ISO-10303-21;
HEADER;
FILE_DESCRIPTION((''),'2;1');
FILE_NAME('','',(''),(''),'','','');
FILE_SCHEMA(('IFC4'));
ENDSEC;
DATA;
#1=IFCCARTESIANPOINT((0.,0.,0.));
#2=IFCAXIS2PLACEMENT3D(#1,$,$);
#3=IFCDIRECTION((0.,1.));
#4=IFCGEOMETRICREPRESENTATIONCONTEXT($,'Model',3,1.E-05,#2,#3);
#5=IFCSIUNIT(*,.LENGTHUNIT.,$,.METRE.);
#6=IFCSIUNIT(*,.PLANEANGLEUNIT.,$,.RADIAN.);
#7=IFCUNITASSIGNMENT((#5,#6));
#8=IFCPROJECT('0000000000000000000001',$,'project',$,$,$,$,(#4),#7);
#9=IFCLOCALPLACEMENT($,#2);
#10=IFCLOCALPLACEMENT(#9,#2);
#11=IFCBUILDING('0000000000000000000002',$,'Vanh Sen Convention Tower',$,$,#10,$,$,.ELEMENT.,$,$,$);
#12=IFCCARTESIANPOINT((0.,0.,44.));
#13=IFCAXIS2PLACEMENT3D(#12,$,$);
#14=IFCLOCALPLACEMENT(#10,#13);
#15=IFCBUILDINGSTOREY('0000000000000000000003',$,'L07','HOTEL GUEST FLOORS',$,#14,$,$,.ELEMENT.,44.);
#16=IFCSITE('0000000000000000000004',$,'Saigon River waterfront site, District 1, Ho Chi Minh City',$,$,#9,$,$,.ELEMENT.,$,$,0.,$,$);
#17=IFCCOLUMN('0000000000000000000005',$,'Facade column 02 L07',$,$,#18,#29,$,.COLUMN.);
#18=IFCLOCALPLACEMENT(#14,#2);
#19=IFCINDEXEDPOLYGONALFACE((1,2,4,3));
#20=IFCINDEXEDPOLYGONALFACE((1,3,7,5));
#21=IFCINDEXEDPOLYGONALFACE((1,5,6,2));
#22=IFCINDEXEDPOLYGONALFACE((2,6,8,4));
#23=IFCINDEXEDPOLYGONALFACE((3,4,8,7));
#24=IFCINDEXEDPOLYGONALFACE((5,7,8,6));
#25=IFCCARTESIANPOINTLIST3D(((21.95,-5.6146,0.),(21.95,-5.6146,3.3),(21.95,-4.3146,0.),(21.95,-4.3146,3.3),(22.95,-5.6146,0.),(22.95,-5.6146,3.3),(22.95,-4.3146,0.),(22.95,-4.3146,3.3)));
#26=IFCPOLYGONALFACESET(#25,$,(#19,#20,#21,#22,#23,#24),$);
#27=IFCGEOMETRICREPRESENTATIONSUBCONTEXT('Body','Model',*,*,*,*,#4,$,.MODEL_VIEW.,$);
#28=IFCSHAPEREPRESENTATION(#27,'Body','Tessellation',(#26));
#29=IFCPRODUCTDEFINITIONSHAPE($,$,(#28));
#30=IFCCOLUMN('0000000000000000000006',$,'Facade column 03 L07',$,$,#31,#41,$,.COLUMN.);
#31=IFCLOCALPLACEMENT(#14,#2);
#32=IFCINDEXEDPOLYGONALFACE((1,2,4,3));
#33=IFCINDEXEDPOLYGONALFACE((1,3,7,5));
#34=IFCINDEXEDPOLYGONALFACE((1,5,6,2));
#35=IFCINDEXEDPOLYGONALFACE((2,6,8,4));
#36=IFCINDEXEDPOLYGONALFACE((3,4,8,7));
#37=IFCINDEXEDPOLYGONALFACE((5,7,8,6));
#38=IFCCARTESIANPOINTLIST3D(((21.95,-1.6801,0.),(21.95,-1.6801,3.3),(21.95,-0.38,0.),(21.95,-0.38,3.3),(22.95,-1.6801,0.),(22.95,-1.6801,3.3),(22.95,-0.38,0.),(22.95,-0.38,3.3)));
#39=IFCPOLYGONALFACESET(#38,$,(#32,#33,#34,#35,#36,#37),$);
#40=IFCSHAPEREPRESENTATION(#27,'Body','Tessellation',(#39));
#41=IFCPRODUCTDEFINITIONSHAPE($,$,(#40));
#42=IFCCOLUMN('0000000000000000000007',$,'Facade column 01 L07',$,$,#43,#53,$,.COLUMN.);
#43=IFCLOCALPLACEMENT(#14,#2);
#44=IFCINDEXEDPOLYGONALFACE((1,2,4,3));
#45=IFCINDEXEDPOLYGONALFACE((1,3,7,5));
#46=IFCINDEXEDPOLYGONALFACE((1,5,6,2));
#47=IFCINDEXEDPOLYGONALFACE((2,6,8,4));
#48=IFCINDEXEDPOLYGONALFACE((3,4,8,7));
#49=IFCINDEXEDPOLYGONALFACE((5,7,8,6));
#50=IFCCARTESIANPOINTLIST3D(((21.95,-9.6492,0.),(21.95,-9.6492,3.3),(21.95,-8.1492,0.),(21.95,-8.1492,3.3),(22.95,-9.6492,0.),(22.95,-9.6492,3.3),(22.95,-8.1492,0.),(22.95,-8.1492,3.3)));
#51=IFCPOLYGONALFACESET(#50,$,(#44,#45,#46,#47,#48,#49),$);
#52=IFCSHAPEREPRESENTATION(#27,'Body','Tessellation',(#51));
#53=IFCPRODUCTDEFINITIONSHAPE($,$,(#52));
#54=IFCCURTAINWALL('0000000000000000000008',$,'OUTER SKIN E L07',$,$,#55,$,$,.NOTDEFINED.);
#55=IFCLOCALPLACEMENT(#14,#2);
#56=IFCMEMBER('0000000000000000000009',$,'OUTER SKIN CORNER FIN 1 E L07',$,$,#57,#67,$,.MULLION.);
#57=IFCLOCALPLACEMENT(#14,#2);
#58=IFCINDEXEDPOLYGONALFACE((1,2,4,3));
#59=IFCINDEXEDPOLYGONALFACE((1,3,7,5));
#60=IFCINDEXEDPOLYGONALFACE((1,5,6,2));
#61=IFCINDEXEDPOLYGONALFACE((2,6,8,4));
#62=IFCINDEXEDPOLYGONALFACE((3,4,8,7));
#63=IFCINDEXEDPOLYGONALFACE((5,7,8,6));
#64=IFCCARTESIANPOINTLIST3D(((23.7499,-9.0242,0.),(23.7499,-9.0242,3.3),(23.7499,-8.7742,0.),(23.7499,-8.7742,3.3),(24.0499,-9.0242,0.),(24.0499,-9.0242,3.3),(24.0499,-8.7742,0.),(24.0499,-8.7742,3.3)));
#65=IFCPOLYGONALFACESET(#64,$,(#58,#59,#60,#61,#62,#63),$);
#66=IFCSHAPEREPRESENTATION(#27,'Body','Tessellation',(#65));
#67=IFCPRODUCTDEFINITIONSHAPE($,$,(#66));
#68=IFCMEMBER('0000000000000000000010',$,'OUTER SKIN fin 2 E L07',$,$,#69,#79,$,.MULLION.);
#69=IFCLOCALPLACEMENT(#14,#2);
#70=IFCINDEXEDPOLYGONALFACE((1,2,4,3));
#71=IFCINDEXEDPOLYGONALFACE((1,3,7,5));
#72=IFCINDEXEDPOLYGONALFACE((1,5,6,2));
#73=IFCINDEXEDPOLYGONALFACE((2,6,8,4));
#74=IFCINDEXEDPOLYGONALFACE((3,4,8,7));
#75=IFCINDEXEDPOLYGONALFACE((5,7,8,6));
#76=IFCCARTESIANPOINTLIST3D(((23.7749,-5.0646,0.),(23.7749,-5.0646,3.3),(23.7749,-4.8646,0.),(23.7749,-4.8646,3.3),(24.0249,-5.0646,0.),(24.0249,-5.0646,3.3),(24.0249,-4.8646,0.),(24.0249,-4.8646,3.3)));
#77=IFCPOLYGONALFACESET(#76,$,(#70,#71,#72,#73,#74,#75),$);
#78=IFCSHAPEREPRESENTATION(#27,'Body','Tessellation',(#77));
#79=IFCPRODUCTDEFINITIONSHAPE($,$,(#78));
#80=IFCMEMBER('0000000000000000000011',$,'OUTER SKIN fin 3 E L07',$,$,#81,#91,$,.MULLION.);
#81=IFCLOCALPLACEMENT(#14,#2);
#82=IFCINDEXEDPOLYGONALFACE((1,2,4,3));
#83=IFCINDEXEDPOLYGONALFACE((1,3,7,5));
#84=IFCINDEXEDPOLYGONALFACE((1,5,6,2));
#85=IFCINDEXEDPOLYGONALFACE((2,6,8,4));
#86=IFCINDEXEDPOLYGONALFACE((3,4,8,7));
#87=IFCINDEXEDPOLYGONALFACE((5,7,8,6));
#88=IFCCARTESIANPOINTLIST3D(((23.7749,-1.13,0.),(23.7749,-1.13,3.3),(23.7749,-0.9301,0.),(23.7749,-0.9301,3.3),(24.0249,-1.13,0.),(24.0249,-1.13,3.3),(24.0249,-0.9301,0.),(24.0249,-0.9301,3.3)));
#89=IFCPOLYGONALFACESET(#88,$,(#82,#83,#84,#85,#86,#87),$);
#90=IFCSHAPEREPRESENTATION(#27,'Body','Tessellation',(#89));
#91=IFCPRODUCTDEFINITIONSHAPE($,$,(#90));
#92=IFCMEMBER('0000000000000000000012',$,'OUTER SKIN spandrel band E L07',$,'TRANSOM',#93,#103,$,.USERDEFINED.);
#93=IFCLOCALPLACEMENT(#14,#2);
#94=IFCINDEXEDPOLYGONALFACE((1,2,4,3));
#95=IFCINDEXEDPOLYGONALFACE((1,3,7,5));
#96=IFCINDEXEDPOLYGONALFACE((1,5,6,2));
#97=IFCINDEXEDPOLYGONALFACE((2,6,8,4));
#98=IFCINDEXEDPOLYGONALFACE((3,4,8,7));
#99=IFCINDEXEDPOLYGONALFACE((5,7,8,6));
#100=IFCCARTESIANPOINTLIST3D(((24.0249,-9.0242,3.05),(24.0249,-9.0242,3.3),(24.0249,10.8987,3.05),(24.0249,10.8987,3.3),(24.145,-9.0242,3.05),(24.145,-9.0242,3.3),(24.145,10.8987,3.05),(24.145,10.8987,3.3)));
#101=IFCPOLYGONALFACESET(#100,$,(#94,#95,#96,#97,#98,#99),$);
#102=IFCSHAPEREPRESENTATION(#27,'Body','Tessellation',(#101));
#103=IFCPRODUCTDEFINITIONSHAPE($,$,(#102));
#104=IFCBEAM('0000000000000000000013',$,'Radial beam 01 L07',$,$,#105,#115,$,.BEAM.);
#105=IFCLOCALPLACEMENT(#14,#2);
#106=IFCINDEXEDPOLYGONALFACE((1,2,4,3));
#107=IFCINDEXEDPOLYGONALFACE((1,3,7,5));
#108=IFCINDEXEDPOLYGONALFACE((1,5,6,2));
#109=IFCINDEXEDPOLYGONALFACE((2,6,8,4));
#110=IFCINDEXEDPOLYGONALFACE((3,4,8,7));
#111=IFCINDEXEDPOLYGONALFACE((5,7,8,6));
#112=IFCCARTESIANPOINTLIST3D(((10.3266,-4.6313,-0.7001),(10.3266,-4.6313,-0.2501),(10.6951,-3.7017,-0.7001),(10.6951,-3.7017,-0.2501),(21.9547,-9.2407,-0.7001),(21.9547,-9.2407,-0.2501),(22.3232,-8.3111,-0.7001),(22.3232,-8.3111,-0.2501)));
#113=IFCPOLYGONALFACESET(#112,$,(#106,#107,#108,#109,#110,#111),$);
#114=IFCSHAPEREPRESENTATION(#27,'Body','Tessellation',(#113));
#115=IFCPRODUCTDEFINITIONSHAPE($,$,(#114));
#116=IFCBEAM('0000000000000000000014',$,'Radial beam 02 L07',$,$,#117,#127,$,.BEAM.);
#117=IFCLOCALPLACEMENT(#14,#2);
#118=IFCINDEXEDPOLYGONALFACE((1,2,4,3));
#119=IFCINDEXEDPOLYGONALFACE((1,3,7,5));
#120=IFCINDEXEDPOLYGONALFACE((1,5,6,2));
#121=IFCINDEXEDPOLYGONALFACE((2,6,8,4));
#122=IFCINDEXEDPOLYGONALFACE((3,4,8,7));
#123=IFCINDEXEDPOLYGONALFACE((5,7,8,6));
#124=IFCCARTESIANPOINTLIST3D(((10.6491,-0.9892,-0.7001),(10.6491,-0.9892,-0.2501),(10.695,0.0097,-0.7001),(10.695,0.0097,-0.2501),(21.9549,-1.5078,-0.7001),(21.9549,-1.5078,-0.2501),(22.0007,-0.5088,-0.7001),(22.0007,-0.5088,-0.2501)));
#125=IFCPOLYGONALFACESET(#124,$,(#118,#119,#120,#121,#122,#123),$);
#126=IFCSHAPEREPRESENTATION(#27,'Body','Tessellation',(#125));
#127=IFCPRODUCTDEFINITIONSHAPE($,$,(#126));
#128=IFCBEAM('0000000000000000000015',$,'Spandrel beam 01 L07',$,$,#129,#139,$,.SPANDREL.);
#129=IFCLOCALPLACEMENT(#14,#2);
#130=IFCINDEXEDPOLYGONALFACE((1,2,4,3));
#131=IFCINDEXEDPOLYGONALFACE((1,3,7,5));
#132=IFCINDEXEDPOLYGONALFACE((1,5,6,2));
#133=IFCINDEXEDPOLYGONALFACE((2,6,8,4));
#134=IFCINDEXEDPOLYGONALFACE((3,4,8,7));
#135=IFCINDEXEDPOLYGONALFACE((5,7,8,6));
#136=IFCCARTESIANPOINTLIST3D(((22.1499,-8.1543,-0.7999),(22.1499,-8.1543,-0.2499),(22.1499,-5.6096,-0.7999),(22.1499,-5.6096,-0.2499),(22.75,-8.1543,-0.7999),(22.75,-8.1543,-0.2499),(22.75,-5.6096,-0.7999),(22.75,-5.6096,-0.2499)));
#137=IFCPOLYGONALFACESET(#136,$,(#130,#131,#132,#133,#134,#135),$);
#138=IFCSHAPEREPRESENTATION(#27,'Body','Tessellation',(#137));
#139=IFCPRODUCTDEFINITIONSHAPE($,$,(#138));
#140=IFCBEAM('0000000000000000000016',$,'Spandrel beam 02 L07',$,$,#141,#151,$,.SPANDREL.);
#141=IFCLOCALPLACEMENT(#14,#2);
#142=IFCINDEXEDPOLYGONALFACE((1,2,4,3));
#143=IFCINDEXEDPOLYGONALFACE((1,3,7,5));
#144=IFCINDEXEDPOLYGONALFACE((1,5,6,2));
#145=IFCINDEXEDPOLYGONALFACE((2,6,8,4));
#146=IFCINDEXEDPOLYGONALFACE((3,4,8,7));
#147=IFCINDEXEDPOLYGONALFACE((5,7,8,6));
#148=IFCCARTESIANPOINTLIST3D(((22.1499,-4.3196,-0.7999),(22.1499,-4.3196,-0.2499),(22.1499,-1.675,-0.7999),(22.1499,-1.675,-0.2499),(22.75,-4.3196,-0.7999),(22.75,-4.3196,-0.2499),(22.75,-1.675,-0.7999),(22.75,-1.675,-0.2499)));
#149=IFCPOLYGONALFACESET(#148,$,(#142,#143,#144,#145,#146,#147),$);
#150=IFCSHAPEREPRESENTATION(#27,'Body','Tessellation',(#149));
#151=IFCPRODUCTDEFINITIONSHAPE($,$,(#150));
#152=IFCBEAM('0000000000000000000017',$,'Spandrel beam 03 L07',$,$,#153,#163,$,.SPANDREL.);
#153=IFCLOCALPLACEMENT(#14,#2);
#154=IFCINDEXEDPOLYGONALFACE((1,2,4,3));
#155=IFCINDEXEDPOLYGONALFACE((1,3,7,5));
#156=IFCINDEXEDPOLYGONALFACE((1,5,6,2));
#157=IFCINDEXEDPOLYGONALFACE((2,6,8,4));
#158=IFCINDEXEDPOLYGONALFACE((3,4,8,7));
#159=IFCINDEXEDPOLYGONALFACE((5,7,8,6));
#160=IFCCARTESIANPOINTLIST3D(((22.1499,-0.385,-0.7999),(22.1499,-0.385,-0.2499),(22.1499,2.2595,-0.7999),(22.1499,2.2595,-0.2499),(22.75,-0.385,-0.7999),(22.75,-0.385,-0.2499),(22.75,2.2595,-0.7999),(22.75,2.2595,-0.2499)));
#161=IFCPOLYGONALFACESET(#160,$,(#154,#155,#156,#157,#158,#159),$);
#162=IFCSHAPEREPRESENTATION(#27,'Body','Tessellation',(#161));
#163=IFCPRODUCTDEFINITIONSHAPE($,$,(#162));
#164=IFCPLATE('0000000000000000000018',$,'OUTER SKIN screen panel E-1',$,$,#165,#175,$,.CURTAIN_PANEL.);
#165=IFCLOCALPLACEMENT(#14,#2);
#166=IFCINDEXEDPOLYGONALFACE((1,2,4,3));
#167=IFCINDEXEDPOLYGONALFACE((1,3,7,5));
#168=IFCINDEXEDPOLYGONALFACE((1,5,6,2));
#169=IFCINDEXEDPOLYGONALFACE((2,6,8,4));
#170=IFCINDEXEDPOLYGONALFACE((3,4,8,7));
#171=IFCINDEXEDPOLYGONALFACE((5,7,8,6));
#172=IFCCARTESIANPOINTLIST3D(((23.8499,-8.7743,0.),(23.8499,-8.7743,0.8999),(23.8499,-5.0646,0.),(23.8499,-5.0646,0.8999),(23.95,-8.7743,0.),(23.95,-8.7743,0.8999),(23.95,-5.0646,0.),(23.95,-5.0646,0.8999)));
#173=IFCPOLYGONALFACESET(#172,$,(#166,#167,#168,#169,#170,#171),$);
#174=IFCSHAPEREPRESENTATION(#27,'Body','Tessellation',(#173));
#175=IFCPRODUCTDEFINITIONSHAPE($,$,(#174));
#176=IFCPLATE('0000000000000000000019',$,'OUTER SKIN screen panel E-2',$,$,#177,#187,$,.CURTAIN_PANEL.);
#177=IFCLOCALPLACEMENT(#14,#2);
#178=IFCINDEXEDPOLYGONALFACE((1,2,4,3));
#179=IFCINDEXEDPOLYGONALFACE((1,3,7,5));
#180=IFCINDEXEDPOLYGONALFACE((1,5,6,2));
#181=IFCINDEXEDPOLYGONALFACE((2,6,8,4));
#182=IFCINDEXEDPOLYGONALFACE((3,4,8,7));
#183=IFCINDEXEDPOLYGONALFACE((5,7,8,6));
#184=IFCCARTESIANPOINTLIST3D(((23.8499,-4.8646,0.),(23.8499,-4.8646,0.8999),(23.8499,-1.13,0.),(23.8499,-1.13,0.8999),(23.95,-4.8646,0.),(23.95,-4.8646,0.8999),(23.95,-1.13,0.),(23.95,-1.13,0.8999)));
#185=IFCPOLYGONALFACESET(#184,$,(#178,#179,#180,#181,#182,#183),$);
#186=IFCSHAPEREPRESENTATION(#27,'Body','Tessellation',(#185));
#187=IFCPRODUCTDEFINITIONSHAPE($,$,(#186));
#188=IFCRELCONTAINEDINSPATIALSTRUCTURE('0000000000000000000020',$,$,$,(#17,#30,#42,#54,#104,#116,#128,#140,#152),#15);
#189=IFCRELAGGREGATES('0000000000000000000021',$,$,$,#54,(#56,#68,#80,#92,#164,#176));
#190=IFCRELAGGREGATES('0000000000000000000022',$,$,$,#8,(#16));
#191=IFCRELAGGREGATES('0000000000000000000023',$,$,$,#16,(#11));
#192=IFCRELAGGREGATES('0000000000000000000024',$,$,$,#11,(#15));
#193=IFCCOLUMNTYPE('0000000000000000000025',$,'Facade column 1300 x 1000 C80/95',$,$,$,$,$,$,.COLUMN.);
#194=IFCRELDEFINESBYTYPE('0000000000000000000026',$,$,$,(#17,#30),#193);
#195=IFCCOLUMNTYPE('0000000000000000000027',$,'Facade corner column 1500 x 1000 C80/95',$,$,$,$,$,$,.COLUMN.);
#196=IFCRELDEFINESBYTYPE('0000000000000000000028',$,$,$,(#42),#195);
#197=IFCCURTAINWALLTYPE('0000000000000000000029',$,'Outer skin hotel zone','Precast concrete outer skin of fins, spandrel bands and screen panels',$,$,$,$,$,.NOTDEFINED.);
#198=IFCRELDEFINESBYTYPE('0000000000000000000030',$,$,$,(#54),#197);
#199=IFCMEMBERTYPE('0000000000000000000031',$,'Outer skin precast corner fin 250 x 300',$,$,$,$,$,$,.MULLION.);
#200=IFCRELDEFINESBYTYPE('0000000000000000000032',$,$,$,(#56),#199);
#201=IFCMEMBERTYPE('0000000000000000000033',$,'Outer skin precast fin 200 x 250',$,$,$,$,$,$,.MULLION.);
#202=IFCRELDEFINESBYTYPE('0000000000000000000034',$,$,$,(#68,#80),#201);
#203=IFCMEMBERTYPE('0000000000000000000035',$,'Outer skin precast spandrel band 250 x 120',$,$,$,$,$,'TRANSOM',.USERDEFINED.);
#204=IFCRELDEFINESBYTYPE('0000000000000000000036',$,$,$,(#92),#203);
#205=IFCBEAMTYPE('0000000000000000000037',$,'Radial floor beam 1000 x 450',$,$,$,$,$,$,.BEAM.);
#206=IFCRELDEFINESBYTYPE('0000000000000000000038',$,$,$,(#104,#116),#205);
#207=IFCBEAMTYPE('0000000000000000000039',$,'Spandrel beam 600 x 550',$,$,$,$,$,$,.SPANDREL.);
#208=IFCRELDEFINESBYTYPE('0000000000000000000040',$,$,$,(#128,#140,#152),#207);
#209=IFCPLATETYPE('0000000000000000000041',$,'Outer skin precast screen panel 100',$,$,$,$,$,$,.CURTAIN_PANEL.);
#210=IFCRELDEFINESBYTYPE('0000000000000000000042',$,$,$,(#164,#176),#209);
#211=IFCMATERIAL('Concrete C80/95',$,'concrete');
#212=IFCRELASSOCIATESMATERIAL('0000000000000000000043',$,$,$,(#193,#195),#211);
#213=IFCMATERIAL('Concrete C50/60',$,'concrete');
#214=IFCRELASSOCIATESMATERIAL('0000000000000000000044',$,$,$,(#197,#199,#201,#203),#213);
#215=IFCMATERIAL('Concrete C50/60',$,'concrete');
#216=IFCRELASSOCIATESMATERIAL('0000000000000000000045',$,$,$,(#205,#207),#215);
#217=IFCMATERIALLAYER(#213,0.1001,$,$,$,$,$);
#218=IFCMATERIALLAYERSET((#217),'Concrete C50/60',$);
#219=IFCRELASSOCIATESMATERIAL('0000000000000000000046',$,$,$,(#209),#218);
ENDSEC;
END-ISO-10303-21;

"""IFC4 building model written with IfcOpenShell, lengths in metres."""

from ifc_helpers import new_model, si_unit, direction, frame, origin, origin_2d, place, context, subcontext, project, spatial, rectangle, extrude, material, layer, layer_set, material_profile, profile_set, type_object, element, aggregate, save


model = new_model("IFC4")

# Units and contexts
model_context = context("Model", 3, precision=1e-05, world=origin(), true_north=direction((0.0, 1.0)))
body_context = subcontext(model_context, "Body", "Model", "MODEL_VIEW")
ifc_project = project(units=[si_unit("LENGTHUNIT", "METRE"), si_unit("PLANEANGLEUNIT", "RADIAN")], contexts=[model_context])

# Site, building, storey
site_placement = place(None, origin())
site = spatial("IfcSite", under=ifc_project, at=site_placement, Name="Saigon River waterfront site, District 1, Ho Chi Minh City", CompositionType="ELEMENT", RefElevation=0.0)
building_placement = place(site_placement, origin())
building = spatial("IfcBuilding", under=site, at=building_placement, Name="Vanh Sen Convention Tower", CompositionType="ELEMENT")
storey_placement = place(building_placement, frame((0.0, 0.0, 44.0)))
storey = spatial("IfcBuildingStorey", under=building, at=storey_placement, Name="L07", Description="HOTEL GUEST FLOORS", CompositionType="ELEMENT", Elevation=44.0)

# Columns
ifc_material_1 = material(Name="Concrete C80/95", Category="concrete")
ifc_material_profile_1 = material_profile(ifc_material_1, rectangle(XDim=1.3, YDim=1.0, at=origin_2d()), Name="RC 1300X1000")
ifc_profile_set_1 = profile_set([ifc_material_profile_1], Name="Concrete C80/95")
column_type_1 = type_object("IfcColumnType", Name="Facade column 1300 x 1000 C80/95", PredefinedType="COLUMN", material=ifc_profile_set_1)
for number, where, z_axis, x_axis, name in (
    (1, (22.45, -4.9646, 0.0), (0.0, 0.0, 1.0), (0.0, 1.0, 0.0), "Facade column 02 L07"),
    (2, (22.45, -1.03, 0.0), (0.0, 0.0, 1.0), (0.0, 1.0, 0.0), "Facade column 03 L07"),
):
    element("IfcColumn", number, at=place(storey_placement, frame(where, z_axis=z_axis, x_axis=x_axis)), inside=storey, type_object=column_type_1, Name=name, PredefinedType="COLUMN", context=body_context, shape_type="SweptSolid", body=[
        extrude(rectangle(XDim=1.3, YDim=1.0, at=origin_2d()), origin(), (0.0, 0.0, 1.0), 3.3),
    ])
ifc_material_profile_2 = material_profile(ifc_material_1, rectangle(XDim=1.5, YDim=1.0, at=origin_2d()), Name="RC 1500X1000")
ifc_profile_set_2 = profile_set([ifc_material_profile_2], Name="Concrete C80/95")
column_type_2 = type_object("IfcColumnType", Name="Facade corner column 1500 x 1000 C80/95", PredefinedType="COLUMN", material=ifc_profile_set_2)
column_placement = place(storey_placement, frame((22.45, -8.8992, 0.0), z_axis=(0.0, 0.0, 1.0), x_axis=(0.0, 1.0, 0.0)))
element("IfcColumn", 3, at=column_placement, inside=storey, type_object=column_type_2, Name="Facade column 01 L07", PredefinedType="COLUMN", context=body_context, shape_type="SweptSolid", body=[
    extrude(rectangle(XDim=1.5, YDim=1.0, at=origin_2d()), origin(), (0.0, 0.0, 1.0), 3.3),
])

# Curtain wall, members
ifc_material_2 = material(Name="Concrete C50/60", Category="concrete")
curtain_wall_type = type_object("IfcCurtainWallType", Name="Outer skin hotel zone", Description="Precast concrete outer skin of fins, spandrel bands and screen panels", PredefinedType="NOTDEFINED", material=ifc_material_2)
curtain_wall_placement = place(storey_placement, origin())
curtain_wall = element("IfcCurtainWall", 4, at=curtain_wall_placement, inside=storey, type_object=curtain_wall_type, Name="OUTER SKIN E L07", PredefinedType="NOTDEFINED")
ifc_material_profile_3 = material_profile(ifc_material_2, rectangle(XDim=0.25, YDim=0.3, at=origin_2d()), Name="Outer skin precast corner fin 250 x 300")
ifc_profile_set_3 = profile_set([ifc_material_profile_3], Name="Concrete C50/60")
member_type_1 = type_object("IfcMemberType", Name="Outer skin precast corner fin 250 x 300", PredefinedType="MULLION", material=ifc_profile_set_3)
member_1_placement = place(storey_placement, frame((23.8999, -8.8992, 0.0), z_axis=(0.0, 0.0, 1.0), x_axis=(0.0, 1.0, 0.0)))
member_1 = element("IfcMember", 5, at=member_1_placement, type_object=member_type_1, Name="OUTER SKIN CORNER FIN 1 E L07", PredefinedType="MULLION", context=body_context, shape_type="SweptSolid", body=[
    extrude(rectangle(XDim=0.25, YDim=0.3, at=origin_2d()), origin(), (0.0, 0.0, 1.0), 3.3),
])
ifc_material_profile_4 = material_profile(ifc_material_2, rectangle(XDim=0.2, YDim=0.25, at=origin_2d()), Name="Outer skin precast fin 200 x 250")
ifc_profile_set_4 = profile_set([ifc_material_profile_4], Name="Concrete C50/60")
member_type_2 = type_object("IfcMemberType", Name="Outer skin precast fin 200 x 250", PredefinedType="MULLION", material=ifc_profile_set_4)
member_2_placement = place(storey_placement, frame((23.8999, -4.9646, 0.0), z_axis=(0.0, 0.0, 1.0), x_axis=(0.0, 1.0, 0.0)))
member_2 = element("IfcMember", 6, at=member_2_placement, type_object=member_type_2, Name="OUTER SKIN fin 2 E L07", PredefinedType="MULLION", context=body_context, shape_type="SweptSolid", body=[
    extrude(rectangle(XDim=0.2, YDim=0.25, at=origin_2d()), origin(), (0.0, 0.0, 1.0), 3.3),
])
member_3_placement = place(storey_placement, frame((23.8999, -1.03, 0.0), z_axis=(0.0, 0.0, 1.0), x_axis=(0.0, 1.0, 0.0)))
member_3 = element("IfcMember", 7, at=member_3_placement, type_object=member_type_2, Name="OUTER SKIN fin 3 E L07", PredefinedType="MULLION", context=body_context, shape_type="SweptSolid", body=[
    extrude(rectangle(XDim=0.2, YDim=0.25, at=origin_2d()), origin(), (0.0, 0.0, 1.0), 3.3),
])
ifc_material_profile_5 = material_profile(ifc_material_2, rectangle(XDim=0.1201, YDim=0.25, at=origin_2d()), Name="Outer skin precast spandrel band 250 x 120")
ifc_profile_set_5 = profile_set([ifc_material_profile_5], Name="Concrete C50/60")
member_type_3 = type_object("IfcMemberType", Name="Outer skin precast spandrel band 250 x 120", ElementType="TRANSOM", PredefinedType="USERDEFINED", material=ifc_profile_set_5)
member_4_placement = place(storey_placement, frame((24.085, -9.0242, 3.175), z_axis=(0.0, 1.0, 0.0), x_axis=(-1.0, 0.0, 0.0)))
member_4 = element("IfcMember", 8, at=member_4_placement, type_object=member_type_3, Name="OUTER SKIN spandrel band E L07", ObjectType="TRANSOM", PredefinedType="USERDEFINED", context=body_context, shape_type="SweptSolid", body=[
    extrude(rectangle(XDim=0.1201, YDim=0.25, at=origin_2d()), origin(), (0.0, 0.0, 1.0), 19.9229),
])

# Beams
ifc_material_3 = material(Name="Concrete C50/60", Category="concrete")
ifc_material_profile_6 = material_profile(ifc_material_3, rectangle(XDim=1.0, YDim=0.45, at=origin_2d()), Name="RC 1000X450")
ifc_profile_set_6 = profile_set([ifc_material_profile_6], Name="Concrete C50/60")
beam_type_1 = type_object("IfcBeamType", Name="Radial floor beam 1000 x 450", PredefinedType="BEAM", material=ifc_profile_set_6)
beam_1_placement = place(storey_placement, frame((22.1389, -8.7759, -0.4751), z_axis=(-0.929624, 0.368508, 0.0), x_axis=(-0.368508, -0.929624, 0.0)))
element("IfcBeam", 9, at=beam_1_placement, inside=storey, type_object=beam_type_1, Name="Radial beam 01 L07", PredefinedType="BEAM", context=body_context, shape_type="SweptSolid", body=[
    extrude(rectangle(XDim=1.0, YDim=0.45, at=origin_2d()), origin(), (0.0, 0.0, 1.0), 12.5083),
])
beam_2_placement = place(storey_placement, frame((21.9778, -1.0083, -0.4751), z_axis=(-0.99895, 0.045819, 0.0), x_axis=(-0.045819, -0.99895, 0.0)))
element("IfcBeam", 10, at=beam_2_placement, inside=storey, type_object=beam_type_1, Name="Radial beam 02 L07", PredefinedType="BEAM", context=body_context, shape_type="SweptSolid", body=[
    extrude(rectangle(XDim=1.0, YDim=0.45, at=origin_2d()), origin(), (0.0, 0.0, 1.0), 11.3176),
])
ifc_material_profile_7 = material_profile(ifc_material_3, rectangle(XDim=0.6001, YDim=0.55, at=origin_2d()), Name="RC 600X550")
ifc_profile_set_7 = profile_set([ifc_material_profile_7], Name="Concrete C50/60")
beam_type_2 = type_object("IfcBeamType", Name="Spandrel beam 600 x 550", PredefinedType="SPANDREL", material=ifc_profile_set_7)
beam_3_placement = place(storey_placement, frame((22.45, -8.1543, -0.5249), z_axis=(0.0, 1.0, 0.0), x_axis=(-1.0, 0.0, 0.0)))
element("IfcBeam", 11, at=beam_3_placement, inside=storey, type_object=beam_type_2, Name="Spandrel beam 01 L07", PredefinedType="SPANDREL", context=body_context, shape_type="SweptSolid", body=[
    extrude(rectangle(XDim=0.6001, YDim=0.55, at=origin_2d()), origin(), (0.0, 0.0, 1.0), 2.5447),
])
for number, where, z_axis, x_axis, name in (
    (12, (22.45, -4.3196, -0.5249), (0.0, 1.0, 0.0), (-1.0, 0.0, 0.0), "Spandrel beam 02 L07"),
    (13, (22.45, -0.385, -0.5249), (0.0, 1.0, 0.0), (-1.0, 0.0, 0.0), "Spandrel beam 03 L07"),
):
    element("IfcBeam", number, at=place(storey_placement, frame(where, z_axis=z_axis, x_axis=x_axis)), inside=storey, type_object=beam_type_2, Name=name, PredefinedType="SPANDREL", context=body_context, shape_type="SweptSolid", body=[
        extrude(rectangle(XDim=0.6001, YDim=0.55, at=origin_2d()), origin(), (0.0, 0.0, 1.0), 2.6445),
    ])

# Plates
ifc_layer_1 = layer(ifc_material_2, 0.1001)
ifc_layer_set_1 = layer_set([ifc_layer_1], Name="Concrete C50/60")
plate_type = type_object("IfcPlateType", Name="Outer skin precast screen panel 100", PredefinedType="CURTAIN_PANEL", material=ifc_layer_set_1)
plate_1_placement = place(storey_placement, frame((23.8999, -6.9194, 0.0), z_axis=(0.0, 0.0, 1.0), x_axis=(0.0, 1.0, 0.0)))
plate_1 = element("IfcPlate", 14, at=plate_1_placement, type_object=plate_type, Name="OUTER SKIN screen panel E-1", PredefinedType="CURTAIN_PANEL", context=body_context, shape_type="SweptSolid", body=[
    extrude(rectangle(XDim=3.7097, YDim=0.1001, at=origin_2d()), origin(), (0.0, 0.0, 1.0), 0.8999),
])
plate_2_placement = place(storey_placement, frame((23.8999, -2.9973, 0.0), z_axis=(0.0, 0.0, 1.0), x_axis=(0.0, 1.0, 0.0)))
plate_2 = element("IfcPlate", 15, at=plate_2_placement, type_object=plate_type, Name="OUTER SKIN screen panel E-2", PredefinedType="CURTAIN_PANEL", context=body_context, shape_type="SweptSolid", body=[
    extrude(rectangle(XDim=3.7346, YDim=0.1001, at=origin_2d()), origin(), (0.0, 0.0, 1.0), 0.8999),
])
aggregate(curtain_wall, [member_1, member_2, member_3, member_4, plate_1, plate_2])

save(model, "model.ifc")
